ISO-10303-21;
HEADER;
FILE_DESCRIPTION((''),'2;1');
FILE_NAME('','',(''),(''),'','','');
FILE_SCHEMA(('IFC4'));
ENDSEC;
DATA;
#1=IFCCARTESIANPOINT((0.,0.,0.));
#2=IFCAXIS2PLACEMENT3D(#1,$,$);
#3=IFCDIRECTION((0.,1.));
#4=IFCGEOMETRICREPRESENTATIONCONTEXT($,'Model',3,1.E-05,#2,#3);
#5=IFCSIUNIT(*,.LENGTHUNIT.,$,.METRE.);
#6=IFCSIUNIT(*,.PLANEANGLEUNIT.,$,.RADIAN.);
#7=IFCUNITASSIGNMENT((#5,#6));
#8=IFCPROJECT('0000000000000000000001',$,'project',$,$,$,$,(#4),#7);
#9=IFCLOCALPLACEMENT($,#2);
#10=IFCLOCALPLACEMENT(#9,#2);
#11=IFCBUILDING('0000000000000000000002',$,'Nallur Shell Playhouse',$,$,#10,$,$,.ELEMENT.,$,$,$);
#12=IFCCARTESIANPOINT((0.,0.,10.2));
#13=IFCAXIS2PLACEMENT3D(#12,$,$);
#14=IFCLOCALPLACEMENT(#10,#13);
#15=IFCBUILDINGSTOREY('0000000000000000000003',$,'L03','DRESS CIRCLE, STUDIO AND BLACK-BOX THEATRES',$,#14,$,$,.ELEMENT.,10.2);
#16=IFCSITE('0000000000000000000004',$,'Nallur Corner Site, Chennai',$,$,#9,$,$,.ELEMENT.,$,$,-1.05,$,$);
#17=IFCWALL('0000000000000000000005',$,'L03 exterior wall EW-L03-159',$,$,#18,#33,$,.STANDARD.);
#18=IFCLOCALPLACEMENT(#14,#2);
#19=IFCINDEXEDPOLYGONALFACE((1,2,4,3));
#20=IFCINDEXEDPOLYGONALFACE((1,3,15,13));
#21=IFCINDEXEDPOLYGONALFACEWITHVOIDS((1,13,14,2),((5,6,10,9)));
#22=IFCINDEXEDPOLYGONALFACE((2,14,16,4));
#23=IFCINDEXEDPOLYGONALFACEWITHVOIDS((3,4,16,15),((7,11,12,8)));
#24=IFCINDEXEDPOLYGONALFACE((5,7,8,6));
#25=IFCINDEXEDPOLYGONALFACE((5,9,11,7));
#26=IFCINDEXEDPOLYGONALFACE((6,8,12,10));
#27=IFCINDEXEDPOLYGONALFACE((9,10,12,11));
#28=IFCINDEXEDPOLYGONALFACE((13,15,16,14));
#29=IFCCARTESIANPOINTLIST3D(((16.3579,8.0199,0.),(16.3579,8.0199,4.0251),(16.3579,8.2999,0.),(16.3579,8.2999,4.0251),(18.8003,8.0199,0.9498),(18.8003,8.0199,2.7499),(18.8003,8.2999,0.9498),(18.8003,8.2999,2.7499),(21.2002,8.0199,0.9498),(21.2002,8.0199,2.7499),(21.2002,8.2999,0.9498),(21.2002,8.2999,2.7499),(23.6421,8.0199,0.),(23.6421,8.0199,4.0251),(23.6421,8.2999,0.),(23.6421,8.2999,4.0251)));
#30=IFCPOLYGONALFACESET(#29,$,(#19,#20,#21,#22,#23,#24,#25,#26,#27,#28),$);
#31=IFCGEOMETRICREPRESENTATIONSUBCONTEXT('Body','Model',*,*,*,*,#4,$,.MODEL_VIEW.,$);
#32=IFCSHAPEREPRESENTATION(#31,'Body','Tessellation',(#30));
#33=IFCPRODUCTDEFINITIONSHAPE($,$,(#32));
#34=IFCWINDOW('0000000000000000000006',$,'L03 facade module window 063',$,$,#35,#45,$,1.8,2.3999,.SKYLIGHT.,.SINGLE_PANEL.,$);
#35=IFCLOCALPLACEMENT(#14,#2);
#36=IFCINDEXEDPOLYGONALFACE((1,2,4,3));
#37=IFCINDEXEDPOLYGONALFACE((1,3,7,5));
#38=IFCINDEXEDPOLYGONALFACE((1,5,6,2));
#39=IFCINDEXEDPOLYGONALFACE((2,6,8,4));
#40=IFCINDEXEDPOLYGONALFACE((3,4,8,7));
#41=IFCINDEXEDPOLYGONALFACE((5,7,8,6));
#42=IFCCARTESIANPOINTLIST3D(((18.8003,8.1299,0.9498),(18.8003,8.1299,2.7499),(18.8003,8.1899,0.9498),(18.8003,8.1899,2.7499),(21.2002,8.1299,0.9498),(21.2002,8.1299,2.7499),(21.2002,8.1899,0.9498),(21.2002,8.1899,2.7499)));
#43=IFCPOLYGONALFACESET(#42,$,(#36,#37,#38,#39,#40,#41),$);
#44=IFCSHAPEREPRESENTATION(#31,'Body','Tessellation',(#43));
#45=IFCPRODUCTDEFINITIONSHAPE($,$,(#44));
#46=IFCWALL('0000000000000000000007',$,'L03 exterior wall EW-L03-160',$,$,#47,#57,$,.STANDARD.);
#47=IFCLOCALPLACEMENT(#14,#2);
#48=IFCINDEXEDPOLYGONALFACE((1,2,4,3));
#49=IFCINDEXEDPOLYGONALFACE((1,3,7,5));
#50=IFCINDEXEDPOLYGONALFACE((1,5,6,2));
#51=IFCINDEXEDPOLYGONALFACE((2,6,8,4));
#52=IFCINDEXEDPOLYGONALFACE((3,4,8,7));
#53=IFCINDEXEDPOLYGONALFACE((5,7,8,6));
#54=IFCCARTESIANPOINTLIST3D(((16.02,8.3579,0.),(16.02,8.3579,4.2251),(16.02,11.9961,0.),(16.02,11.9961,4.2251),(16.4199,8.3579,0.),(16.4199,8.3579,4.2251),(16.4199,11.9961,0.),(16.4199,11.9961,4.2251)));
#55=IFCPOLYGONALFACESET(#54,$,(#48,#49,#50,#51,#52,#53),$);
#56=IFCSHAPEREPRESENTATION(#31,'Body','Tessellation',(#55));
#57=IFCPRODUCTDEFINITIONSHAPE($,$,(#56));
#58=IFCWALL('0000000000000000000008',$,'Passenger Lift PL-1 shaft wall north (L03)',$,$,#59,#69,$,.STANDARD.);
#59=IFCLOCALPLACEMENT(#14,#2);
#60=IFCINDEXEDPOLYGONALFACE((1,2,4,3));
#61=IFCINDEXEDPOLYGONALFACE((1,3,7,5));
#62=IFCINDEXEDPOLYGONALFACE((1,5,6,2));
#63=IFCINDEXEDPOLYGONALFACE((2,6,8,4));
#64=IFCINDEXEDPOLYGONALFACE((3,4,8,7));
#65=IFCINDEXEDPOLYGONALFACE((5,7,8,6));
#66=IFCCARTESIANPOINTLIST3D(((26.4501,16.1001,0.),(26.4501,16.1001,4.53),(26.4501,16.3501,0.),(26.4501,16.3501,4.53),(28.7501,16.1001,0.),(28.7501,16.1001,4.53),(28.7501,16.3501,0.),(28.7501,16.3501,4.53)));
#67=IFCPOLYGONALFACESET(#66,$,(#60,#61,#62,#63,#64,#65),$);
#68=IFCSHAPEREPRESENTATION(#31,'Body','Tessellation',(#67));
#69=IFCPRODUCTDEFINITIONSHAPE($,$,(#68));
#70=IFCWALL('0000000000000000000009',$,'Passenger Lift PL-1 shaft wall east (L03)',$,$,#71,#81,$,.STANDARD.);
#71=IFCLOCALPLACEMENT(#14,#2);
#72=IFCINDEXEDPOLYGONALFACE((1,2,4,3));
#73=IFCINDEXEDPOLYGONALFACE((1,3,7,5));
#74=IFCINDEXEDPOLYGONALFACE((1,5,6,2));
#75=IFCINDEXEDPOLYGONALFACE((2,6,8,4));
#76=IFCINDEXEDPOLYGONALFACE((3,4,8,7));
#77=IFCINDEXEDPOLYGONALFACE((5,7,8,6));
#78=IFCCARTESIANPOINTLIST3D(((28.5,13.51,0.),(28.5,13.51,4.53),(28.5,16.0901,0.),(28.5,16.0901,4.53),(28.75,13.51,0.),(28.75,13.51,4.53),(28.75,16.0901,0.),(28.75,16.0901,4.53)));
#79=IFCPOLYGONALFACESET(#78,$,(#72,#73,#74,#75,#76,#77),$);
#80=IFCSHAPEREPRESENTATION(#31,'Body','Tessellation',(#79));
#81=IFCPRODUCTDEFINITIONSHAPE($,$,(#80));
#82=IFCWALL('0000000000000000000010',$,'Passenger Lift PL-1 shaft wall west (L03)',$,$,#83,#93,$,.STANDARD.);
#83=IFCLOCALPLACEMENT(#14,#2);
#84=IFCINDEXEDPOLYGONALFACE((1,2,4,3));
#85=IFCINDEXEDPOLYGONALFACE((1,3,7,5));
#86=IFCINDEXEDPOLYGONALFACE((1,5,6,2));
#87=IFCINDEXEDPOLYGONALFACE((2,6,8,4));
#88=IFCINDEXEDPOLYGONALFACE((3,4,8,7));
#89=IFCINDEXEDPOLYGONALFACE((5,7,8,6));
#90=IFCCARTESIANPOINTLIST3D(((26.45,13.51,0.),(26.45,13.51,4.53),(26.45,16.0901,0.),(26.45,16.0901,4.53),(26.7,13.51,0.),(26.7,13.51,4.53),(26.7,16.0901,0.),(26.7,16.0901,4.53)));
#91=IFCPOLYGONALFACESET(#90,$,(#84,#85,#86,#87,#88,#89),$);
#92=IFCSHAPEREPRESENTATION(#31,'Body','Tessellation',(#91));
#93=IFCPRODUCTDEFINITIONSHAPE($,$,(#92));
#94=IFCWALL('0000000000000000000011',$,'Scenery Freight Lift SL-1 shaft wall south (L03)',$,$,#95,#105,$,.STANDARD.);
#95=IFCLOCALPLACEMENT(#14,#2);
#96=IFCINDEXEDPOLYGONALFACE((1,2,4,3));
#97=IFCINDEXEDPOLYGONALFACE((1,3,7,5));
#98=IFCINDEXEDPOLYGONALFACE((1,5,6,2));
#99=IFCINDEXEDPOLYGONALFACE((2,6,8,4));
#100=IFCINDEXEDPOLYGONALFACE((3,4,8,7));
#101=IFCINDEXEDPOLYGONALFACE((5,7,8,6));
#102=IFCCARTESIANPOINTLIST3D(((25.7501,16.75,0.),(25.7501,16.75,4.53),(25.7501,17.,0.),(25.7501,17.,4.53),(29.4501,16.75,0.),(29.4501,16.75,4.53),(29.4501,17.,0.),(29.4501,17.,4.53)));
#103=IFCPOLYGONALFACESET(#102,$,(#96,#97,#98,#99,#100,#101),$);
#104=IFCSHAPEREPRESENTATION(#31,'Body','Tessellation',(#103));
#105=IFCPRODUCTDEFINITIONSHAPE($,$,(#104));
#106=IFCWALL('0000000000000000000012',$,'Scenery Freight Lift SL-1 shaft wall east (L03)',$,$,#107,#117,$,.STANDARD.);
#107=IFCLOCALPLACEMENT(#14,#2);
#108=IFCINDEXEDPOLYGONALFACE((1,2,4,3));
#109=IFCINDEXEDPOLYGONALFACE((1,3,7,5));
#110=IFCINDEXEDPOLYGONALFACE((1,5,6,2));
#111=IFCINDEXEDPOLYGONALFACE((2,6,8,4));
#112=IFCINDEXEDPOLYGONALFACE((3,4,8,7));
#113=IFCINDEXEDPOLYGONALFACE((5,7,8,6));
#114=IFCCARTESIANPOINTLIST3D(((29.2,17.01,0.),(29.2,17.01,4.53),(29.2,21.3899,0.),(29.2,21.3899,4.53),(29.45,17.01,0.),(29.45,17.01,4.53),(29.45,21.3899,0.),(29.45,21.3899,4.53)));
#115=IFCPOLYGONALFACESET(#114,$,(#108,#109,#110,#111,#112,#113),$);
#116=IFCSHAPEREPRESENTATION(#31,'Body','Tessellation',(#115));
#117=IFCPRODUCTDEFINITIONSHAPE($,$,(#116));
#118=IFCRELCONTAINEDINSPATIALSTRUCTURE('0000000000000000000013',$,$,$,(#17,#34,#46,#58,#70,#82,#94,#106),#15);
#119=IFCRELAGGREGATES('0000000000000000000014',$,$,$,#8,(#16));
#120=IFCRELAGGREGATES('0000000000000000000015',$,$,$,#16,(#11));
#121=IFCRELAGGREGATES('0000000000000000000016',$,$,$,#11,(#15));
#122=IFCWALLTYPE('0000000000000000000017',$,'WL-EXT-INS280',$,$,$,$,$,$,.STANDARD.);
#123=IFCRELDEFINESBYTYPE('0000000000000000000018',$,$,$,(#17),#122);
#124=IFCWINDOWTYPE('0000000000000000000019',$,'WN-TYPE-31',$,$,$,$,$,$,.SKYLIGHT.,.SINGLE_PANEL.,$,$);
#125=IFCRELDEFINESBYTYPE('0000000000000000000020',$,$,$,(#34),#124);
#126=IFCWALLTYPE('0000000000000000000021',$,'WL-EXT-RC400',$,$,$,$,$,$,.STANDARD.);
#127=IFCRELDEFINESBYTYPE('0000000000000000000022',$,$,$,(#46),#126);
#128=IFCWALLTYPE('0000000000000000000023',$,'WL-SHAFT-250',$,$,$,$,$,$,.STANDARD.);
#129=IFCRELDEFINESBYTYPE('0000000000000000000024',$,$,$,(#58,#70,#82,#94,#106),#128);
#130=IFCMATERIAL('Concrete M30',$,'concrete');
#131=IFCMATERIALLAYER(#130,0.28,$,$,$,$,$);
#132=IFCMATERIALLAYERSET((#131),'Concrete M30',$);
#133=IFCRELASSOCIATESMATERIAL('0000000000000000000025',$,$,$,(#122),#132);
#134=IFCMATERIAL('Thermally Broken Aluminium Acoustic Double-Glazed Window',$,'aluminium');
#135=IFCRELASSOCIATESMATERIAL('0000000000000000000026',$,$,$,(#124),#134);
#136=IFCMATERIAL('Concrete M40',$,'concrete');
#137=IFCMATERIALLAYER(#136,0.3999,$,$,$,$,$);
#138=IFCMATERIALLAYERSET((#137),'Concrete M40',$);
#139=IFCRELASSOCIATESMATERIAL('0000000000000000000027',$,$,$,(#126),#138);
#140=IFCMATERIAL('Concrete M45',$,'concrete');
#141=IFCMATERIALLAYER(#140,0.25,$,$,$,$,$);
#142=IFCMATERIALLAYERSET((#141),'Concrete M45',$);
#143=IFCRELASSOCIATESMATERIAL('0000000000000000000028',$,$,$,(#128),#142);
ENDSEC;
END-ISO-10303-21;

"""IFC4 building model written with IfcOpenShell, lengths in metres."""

from ifc_helpers import new_model, si_unit, direction, frame, frame_2d, origin, place, context, subcontext, project, spatial, rectangle, extrude, material, layer, layer_set, type_object, element, fill, save


model = new_model("IFC4")

# Units and contexts
model_context = context("Model", 3, precision=1e-05, world=origin(), true_north=direction((0.0, 1.0)))
body_context = subcontext(model_context, "Body", "Model", "MODEL_VIEW")
ifc_project = project(units=[si_unit("LENGTHUNIT", "METRE"), si_unit("PLANEANGLEUNIT", "RADIAN")], contexts=[model_context])

# Site, building, storey
site_placement = place(None, origin())
site = spatial("IfcSite", under=ifc_project, at=site_placement, Name="Nallur Corner Site, Chennai", CompositionType="ELEMENT", RefElevation=-1.05)
building_placement = place(site_placement, origin())
building = spatial("IfcBuilding", under=site, at=building_placement, Name="Nallur Shell Playhouse", CompositionType="ELEMENT")
storey_placement = place(building_placement, frame((0.0, 0.0, 10.2)))
storey = spatial("IfcBuildingStorey", under=building, at=storey_placement, Name="L03", Description="DRESS CIRCLE, STUDIO AND BLACK-BOX THEATRES", CompositionType="ELEMENT", Elevation=10.2)

# Shared definitions
ifc_material_1 = material(Name="Concrete M40", Category="concrete")

# Shared definitions
ifc_material_2 = material(Name="Concrete M45", Category="concrete")

# Wall, opening, window
ifc_material_3 = material(Name="Concrete M30", Category="concrete")
ifc_layer_1 = layer(ifc_material_3, 0.28)
ifc_layer_set_1 = layer_set([ifc_layer_1], Name="Concrete M30")
wall_type_1 = type_object("IfcWallType", Name="WL-EXT-INS280", PredefinedType="STANDARD", material=ifc_layer_set_1)
ifc_material_4 = material(Name="Thermally Broken Aluminium Acoustic Double-Glazed Window", Category="aluminium")
wall_1_placement = place(storey_placement, frame((23.6421, 8.1599, 0.0), z_axis=(0.0, 0.0, 1.0), x_axis=(-1.0, 0.0, 0.0)))
wall_1 = element("IfcWall", 1, at=wall_1_placement, inside=storey, type_object=wall_type_1, Name="L03 exterior wall EW-L03-159", PredefinedType="STANDARD", context=body_context, shape_type="SweptSolid", body=[
    extrude(rectangle(XDim=7.2842, YDim=0.28, at=frame_2d((3.6421, 0.0))), origin(), (0.0, 0.0, 1.0), 4.0251),
])
opening_1_placement = place(wall_1_placement, frame((2.4419, 0.0, 0.95)))
opening_1 = element("IfcOpeningElement", 2, at=opening_1_placement, cuts=wall_1, PredefinedType="OPENING", context=body_context, shape_type="SweptSolid", body=[
    extrude(rectangle(XDim=2.3999, YDim=1.8, at=frame_2d((1.2, 0.8999))), frame((0.0, 0.1499, 0.0), z_axis=(0.0, -1.0, 0.0), x_axis=(1.0, 0.0, 0.0)), (0.0, 0.0, 1.0), 0.3),
])
window_type_1 = type_object("IfcWindowType", Name="WN-TYPE-31", PartitioningType="SINGLE_PANEL", PredefinedType="SKYLIGHT", material=ifc_material_4)
window_1_placement = place(opening_1_placement, origin())
window_1 = element("IfcWindow", 3, at=window_1_placement, inside=storey, type_object=window_type_1, Name="L03 facade module window 063", OverallHeight=1.8, OverallWidth=2.3999, PartitioningType="SINGLE_PANEL", PredefinedType="SKYLIGHT", context=body_context, shape_type="SweptSolid", body=[
    extrude(rectangle(XDim=2.3999, YDim=1.8, at=frame_2d((1.2, 0.8999))), frame((0.0, 0.03, 0.0), z_axis=(0.0, -1.0, 0.0), x_axis=(1.0, 0.0, 0.0)), (0.0, 0.0, 1.0), 0.0601),
])
fill(opening_1, window_1)

# Wall
ifc_layer_2 = layer(ifc_material_1, 0.3999)
ifc_layer_set_2 = layer_set([ifc_layer_2], Name="Concrete M40")
wall_type_2 = type_object("IfcWallType", Name="WL-EXT-RC400", PredefinedType="STANDARD", material=ifc_layer_set_2)
wall_2_placement = place(storey_placement, frame((16.22, 8.3579, 0.0), z_axis=(0.0, 0.0, 1.0), x_axis=(0.0, 1.0, 0.0)))
element("IfcWall", 4, at=wall_2_placement, inside=storey, type_object=wall_type_2, Name="L03 exterior wall EW-L03-160", PredefinedType="STANDARD", context=body_context, shape_type="SweptSolid", body=[
    extrude(rectangle(XDim=3.6382, YDim=0.3999, at=frame_2d((1.8191, 0.0))), origin(), (0.0, 0.0, 1.0), 4.2251),
])

# Shared definitions
ifc_layer_3 = layer(ifc_material_2, 0.25)
ifc_layer_set_3 = layer_set([ifc_layer_3], Name="Concrete M45")
wall_type_3 = type_object("IfcWallType", Name="WL-SHAFT-250", PredefinedType="STANDARD", material=ifc_layer_set_3)

# Walls
wall_3_placement = place(storey_placement, frame((28.75, 16.2251, 0.0), z_axis=(0.0, 0.0, 1.0), x_axis=(-1.0, 0.0, 0.0)))
element("IfcWall", 5, at=wall_3_placement, inside=storey, type_object=wall_type_3, Name="Passenger Lift PL-1 shaft wall north (L03)", PredefinedType="STANDARD", context=body_context, shape_type="SweptSolid", body=[
    extrude(rectangle(XDim=2.3, YDim=0.25, at=frame_2d((1.1499, 0.0))), origin(), (0.0, 0.0, 1.0), 4.53),
])
for number, where, z_axis, x_axis, name in (
    (6, (28.625, 13.51, 0.0), (0.0, 0.0, 1.0), (0.0, 1.0, 0.0), "Passenger Lift PL-1 shaft wall east (L03)"),
    (7, (26.575, 16.0901, 0.0), (0.0, 0.0, 1.0), (0.0, -1.0, 0.0), "Passenger Lift PL-1 shaft wall west (L03)"),
):
    element("IfcWall", number, at=place(storey_placement, frame(where, z_axis=z_axis, x_axis=x_axis)), inside=storey, type_object=wall_type_3, Name=name, PredefinedType="STANDARD", context=body_context, shape_type="SweptSolid", body=[
        extrude(rectangle(XDim=2.5801, YDim=0.25, at=frame_2d((1.29, 0.0))), origin(), (0.0, 0.0, 1.0), 4.53),
    ])
wall_4_placement = place(storey_placement, frame((25.75, 16.875, 0.0), z_axis=(0.0, 0.0, 1.0), x_axis=(1.0, 0.0, 0.0)))
element("IfcWall", 8, at=wall_4_placement, inside=storey, type_object=wall_type_3, Name="Scenery Freight Lift SL-1 shaft wall south (L03)", PredefinedType="STANDARD", context=body_context, shape_type="SweptSolid", body=[
    extrude(rectangle(XDim=3.7, YDim=0.25, at=frame_2d((1.8501, 0.0))), origin(), (0.0, 0.0, 1.0), 4.53),
])
wall_5_placement = place(storey_placement, frame((29.325, 17.01, 0.0), z_axis=(0.0, 0.0, 1.0), x_axis=(0.0, 1.0, 0.0)))
element("IfcWall", 9, at=wall_5_placement, inside=storey, type_object=wall_type_3, Name="Scenery Freight Lift SL-1 shaft wall east (L03)", PredefinedType="STANDARD", context=body_context, shape_type="SweptSolid", body=[
    extrude(rectangle(XDim=4.3799, YDim=0.25, at=frame_2d((2.1899, 0.0))), origin(), (0.0, 0.0, 1.0), 4.53),
])

save(model, "model.ifc")
